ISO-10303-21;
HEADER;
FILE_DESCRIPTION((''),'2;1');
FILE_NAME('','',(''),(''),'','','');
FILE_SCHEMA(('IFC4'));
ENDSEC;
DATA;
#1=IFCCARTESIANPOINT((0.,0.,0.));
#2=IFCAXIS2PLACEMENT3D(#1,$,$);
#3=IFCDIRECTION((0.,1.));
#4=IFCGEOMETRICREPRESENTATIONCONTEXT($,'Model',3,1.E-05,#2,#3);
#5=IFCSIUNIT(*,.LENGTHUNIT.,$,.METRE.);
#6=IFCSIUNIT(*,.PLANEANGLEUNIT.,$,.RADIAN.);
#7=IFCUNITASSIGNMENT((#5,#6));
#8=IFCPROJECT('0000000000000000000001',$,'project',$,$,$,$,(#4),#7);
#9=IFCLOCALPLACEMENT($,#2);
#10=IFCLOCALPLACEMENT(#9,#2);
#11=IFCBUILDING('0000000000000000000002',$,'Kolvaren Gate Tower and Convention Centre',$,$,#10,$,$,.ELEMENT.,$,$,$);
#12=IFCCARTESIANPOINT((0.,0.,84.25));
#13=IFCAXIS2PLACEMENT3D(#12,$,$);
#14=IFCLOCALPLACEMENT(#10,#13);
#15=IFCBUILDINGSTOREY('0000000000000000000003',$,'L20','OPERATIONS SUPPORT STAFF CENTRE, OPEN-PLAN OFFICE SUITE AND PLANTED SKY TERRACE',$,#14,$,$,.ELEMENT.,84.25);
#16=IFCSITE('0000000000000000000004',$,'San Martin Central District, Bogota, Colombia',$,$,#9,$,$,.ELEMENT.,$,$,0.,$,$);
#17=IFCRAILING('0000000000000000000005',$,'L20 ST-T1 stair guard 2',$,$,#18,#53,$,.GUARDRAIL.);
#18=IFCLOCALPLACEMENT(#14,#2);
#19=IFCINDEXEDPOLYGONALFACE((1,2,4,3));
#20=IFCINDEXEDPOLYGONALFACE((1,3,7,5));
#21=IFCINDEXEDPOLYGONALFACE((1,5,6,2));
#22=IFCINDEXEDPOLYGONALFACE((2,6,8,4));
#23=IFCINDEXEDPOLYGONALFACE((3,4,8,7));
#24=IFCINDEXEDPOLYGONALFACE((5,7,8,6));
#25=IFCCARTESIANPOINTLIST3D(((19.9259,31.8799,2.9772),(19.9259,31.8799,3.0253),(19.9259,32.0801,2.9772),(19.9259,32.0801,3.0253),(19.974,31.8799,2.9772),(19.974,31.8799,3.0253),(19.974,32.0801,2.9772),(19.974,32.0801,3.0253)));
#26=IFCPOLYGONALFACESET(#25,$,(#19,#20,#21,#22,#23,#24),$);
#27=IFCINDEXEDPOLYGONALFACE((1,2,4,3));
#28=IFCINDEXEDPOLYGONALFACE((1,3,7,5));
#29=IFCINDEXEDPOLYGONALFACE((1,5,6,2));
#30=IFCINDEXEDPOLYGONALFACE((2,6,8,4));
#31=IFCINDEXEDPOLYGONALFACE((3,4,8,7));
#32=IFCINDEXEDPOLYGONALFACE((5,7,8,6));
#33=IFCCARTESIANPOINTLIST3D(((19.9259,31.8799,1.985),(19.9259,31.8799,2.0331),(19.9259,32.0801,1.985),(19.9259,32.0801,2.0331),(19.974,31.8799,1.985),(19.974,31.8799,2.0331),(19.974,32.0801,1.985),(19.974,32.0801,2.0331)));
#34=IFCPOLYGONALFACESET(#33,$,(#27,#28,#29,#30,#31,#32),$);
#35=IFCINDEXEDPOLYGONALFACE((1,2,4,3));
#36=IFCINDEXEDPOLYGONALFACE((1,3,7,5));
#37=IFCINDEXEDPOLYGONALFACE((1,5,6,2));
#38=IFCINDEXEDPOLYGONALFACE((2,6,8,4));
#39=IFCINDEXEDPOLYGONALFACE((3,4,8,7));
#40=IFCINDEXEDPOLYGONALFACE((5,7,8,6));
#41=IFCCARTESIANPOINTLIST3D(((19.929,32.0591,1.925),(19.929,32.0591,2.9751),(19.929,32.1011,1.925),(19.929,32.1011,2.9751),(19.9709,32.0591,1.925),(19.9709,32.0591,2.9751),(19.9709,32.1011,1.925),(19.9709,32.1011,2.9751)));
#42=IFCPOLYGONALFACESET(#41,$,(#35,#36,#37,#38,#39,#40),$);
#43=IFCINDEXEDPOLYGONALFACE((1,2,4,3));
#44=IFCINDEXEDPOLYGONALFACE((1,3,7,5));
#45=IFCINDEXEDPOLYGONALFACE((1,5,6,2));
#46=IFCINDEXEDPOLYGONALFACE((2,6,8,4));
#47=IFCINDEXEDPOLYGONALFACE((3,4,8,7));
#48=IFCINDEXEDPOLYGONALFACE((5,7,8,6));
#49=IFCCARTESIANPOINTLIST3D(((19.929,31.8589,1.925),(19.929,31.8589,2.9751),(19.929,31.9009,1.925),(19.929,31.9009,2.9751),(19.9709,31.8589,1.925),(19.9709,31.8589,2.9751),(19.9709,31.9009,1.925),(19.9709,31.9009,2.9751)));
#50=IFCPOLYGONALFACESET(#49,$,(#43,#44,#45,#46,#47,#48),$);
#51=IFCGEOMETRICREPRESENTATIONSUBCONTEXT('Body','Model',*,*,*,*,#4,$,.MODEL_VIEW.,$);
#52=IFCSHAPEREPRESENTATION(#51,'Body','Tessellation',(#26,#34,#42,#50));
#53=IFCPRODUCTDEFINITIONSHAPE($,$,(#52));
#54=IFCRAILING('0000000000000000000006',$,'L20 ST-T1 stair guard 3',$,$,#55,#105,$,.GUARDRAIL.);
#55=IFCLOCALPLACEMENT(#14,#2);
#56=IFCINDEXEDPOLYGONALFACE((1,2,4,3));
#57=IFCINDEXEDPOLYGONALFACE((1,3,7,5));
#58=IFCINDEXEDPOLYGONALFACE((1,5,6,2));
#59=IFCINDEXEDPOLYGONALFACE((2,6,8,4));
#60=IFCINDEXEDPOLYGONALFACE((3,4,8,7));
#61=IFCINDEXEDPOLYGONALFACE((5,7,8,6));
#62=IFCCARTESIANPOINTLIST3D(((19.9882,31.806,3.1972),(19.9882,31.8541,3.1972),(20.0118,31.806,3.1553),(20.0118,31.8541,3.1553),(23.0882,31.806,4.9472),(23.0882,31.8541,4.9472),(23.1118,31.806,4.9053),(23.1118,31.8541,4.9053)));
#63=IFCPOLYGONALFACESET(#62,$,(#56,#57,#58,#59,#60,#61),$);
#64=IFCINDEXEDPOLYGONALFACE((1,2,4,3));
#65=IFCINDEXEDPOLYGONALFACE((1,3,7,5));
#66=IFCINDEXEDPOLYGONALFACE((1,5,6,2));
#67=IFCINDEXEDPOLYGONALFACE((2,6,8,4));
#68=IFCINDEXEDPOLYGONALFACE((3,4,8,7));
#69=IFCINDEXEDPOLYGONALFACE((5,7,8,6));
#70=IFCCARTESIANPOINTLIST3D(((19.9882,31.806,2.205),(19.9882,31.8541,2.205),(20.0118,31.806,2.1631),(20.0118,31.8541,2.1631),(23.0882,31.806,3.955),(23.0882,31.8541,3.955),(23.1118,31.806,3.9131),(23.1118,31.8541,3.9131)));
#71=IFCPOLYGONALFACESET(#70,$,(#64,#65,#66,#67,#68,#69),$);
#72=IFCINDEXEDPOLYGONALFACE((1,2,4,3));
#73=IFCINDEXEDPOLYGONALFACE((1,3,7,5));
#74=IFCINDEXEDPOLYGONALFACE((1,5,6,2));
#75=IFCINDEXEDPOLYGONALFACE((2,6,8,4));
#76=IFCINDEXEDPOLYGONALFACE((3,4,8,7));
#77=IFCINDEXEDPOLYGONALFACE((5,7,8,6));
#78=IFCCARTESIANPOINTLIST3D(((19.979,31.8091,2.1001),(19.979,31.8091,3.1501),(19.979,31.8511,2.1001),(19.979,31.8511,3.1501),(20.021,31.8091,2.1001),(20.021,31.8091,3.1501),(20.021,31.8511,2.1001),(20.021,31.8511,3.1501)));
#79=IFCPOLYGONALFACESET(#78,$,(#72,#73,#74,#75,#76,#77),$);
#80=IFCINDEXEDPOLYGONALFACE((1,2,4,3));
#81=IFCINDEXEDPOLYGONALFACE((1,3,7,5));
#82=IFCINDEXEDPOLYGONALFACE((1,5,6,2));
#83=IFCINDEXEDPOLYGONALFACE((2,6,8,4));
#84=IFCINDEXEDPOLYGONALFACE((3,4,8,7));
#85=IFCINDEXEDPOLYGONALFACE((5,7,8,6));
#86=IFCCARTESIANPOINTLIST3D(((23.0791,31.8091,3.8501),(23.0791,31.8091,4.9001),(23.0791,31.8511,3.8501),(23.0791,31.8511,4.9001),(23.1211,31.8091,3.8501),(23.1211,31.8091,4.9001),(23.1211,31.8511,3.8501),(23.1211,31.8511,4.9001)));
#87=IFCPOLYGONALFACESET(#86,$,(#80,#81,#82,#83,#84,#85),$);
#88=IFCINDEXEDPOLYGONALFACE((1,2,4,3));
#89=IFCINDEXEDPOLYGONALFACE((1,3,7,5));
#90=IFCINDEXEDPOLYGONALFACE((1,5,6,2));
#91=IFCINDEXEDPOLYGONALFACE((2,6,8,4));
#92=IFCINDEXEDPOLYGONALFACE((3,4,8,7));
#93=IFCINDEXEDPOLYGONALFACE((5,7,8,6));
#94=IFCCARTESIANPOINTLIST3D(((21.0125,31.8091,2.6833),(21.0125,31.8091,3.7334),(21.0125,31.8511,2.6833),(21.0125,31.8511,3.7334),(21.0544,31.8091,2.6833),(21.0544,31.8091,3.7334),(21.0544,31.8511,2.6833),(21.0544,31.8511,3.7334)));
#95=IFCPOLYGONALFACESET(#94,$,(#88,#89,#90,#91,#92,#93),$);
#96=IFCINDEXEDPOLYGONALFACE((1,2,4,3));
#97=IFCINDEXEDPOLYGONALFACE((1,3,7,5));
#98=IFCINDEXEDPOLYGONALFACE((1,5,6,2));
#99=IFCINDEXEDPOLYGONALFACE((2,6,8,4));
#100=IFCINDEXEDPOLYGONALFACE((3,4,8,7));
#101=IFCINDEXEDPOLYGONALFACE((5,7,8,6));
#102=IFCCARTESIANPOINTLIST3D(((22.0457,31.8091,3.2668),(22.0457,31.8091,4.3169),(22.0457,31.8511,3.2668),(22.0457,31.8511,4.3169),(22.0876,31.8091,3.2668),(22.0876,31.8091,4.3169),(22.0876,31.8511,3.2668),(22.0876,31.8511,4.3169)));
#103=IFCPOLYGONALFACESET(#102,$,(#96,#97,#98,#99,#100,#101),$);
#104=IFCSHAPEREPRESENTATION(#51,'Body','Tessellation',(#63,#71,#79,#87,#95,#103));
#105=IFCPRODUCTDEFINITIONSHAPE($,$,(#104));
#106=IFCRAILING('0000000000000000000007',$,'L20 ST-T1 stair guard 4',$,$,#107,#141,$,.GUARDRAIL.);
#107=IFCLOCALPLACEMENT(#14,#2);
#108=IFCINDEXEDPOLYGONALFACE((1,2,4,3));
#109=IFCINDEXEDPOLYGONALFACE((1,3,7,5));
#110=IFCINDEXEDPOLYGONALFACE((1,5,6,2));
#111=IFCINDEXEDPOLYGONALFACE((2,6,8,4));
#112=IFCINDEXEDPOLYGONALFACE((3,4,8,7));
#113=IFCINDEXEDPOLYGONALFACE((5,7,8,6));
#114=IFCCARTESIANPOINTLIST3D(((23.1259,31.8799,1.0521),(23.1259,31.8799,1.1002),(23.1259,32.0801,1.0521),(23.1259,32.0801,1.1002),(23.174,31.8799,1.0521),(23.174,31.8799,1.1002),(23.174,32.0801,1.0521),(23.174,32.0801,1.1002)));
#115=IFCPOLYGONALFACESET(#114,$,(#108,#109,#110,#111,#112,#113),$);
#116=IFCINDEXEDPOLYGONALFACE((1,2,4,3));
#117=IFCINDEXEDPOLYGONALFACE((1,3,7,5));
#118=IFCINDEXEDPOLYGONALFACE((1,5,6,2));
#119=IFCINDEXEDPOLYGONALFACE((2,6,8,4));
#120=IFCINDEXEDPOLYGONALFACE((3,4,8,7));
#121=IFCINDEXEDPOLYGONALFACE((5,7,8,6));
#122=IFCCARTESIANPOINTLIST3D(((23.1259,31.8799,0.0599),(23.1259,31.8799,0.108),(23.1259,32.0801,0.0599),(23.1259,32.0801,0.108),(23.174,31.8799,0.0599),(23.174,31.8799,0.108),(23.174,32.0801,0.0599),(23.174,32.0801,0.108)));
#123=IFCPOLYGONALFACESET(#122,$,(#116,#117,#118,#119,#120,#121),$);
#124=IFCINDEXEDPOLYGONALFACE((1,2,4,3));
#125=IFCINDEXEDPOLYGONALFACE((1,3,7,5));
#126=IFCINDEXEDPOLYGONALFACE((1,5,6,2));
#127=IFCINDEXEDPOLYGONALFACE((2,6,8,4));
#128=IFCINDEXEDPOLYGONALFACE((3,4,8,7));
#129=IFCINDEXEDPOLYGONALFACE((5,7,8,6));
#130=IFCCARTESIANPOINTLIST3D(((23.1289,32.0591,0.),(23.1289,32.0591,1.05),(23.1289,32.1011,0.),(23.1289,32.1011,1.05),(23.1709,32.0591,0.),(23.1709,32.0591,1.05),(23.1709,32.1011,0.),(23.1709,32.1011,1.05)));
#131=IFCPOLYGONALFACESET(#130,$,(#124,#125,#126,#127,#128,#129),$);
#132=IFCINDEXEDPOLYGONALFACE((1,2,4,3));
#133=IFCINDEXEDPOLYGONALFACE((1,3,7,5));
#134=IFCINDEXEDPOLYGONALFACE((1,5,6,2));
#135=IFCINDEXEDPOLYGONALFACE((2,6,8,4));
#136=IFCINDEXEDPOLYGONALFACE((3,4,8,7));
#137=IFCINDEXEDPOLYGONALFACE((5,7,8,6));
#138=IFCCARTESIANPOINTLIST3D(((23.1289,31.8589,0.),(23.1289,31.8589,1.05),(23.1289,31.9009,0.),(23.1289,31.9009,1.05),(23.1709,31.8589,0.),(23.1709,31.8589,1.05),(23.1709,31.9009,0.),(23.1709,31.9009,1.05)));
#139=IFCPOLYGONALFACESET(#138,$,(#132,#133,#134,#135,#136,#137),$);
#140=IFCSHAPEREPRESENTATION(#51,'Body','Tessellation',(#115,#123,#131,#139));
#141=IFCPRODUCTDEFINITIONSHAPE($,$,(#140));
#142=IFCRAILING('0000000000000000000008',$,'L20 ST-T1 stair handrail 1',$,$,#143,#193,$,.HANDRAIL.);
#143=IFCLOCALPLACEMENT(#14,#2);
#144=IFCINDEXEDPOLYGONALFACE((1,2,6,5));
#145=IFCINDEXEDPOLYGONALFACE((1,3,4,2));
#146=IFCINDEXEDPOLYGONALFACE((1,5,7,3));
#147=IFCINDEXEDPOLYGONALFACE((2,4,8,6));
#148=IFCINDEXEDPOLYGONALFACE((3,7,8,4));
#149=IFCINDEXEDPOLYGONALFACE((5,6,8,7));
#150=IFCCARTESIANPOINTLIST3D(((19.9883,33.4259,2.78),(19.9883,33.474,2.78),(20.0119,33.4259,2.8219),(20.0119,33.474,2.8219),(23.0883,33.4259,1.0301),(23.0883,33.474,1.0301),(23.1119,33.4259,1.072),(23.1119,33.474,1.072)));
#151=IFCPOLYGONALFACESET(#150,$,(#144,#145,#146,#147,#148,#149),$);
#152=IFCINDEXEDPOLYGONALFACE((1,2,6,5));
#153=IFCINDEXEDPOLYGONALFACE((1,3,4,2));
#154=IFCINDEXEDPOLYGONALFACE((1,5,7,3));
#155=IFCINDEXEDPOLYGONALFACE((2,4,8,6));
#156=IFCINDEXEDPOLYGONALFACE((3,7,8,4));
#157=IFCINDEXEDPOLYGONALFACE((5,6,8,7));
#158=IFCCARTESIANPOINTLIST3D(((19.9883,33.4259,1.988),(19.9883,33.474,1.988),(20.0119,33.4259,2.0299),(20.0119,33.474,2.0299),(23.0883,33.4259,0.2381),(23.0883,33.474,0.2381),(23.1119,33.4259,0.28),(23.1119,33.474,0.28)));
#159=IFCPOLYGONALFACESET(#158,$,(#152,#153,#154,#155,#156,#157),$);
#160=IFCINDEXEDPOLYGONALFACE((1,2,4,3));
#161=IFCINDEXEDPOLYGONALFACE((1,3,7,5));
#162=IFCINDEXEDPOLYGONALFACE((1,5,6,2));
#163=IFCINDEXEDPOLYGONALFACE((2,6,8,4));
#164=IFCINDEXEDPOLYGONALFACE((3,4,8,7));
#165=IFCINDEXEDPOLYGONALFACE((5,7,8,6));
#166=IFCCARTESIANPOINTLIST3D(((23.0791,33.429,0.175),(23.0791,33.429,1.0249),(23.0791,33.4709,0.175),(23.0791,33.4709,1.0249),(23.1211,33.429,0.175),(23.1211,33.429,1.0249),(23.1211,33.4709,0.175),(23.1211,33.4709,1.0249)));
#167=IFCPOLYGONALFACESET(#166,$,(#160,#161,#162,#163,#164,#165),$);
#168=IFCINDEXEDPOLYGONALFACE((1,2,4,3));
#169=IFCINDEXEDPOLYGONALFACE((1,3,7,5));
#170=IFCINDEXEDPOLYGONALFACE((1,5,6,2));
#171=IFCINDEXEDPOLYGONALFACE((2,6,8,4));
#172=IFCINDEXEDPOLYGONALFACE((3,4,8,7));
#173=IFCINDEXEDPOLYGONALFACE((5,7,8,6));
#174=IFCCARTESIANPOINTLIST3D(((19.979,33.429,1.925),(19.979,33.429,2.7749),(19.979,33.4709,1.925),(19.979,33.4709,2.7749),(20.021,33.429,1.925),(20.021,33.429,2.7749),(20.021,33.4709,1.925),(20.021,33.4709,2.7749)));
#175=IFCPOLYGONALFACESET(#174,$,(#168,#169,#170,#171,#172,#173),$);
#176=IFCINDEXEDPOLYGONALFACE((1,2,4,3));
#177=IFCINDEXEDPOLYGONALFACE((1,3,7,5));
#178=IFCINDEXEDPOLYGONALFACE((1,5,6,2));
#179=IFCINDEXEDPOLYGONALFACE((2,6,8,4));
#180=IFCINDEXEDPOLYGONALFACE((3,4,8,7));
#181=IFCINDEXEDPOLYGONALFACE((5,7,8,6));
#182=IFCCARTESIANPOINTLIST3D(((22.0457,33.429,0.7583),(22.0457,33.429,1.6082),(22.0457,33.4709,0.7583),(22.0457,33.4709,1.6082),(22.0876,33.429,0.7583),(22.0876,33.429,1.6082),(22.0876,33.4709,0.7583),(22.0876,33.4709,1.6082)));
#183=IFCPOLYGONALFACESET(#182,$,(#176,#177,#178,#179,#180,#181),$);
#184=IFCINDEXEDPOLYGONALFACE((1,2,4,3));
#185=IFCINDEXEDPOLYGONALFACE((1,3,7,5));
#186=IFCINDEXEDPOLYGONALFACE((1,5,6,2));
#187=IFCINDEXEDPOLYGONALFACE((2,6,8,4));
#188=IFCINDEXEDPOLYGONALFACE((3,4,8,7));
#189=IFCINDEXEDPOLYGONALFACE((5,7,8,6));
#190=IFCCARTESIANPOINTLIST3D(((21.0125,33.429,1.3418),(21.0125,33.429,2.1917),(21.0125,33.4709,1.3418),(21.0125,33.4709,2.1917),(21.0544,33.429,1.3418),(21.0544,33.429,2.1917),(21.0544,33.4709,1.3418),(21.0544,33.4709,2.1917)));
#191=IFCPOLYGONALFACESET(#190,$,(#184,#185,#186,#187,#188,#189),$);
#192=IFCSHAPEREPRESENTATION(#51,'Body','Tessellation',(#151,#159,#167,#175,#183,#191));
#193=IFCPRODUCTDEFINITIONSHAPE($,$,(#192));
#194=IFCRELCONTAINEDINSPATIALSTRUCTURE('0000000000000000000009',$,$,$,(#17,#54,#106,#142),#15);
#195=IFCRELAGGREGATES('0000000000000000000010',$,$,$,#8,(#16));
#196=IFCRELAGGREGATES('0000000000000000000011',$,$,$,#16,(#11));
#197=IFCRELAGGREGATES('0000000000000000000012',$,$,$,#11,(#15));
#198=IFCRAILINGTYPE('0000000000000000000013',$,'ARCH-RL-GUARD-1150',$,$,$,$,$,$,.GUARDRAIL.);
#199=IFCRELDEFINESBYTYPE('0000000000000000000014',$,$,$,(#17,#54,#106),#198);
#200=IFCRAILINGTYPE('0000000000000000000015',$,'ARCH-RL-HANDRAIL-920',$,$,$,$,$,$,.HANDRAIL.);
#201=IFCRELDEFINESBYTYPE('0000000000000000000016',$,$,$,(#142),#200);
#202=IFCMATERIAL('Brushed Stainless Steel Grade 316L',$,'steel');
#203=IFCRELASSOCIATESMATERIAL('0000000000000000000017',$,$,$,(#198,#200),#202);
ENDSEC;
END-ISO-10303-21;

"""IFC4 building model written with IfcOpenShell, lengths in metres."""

from ifc_helpers import new_model, si_unit, direction, frame, origin, origin_2d, place, context, subcontext, project, spatial, rectangle, extrude, material, type_object, element, save


model = new_model("IFC4")

# Units and contexts
model_context = context("Model", 3, precision=1e-05, world=origin(), true_north=direction((0.0, 1.0)))
body_context = subcontext(model_context, "Body", "Model", "MODEL_VIEW")
ifc_project = project(units=[si_unit("LENGTHUNIT", "METRE"), si_unit("PLANEANGLEUNIT", "RADIAN")], contexts=[model_context])

# Site, building, storey
site_placement = place(None, origin())
site = spatial("IfcSite", under=ifc_project, at=site_placement, Name="San Martin Central District, Bogota, Colombia", CompositionType="ELEMENT", RefElevation=0.0)
building_placement = place(site_placement, origin())
building = spatial("IfcBuilding", under=site, at=building_placement, Name="Kolvaren Gate Tower and Convention Centre", CompositionType="ELEMENT")
storey_placement = place(building_placement, frame((0.0, 0.0, 84.25)))
storey = spatial("IfcBuildingStorey", under=building, at=storey_placement, Name="L20", Description="OPERATIONS SUPPORT STAFF CENTRE, OPEN-PLAN OFFICE SUITE AND PLANTED SKY TERRACE", CompositionType="ELEMENT", Elevation=84.25)

# Shared definitions
ifc_material_1 = material(Name="Brushed Stainless Steel Grade 316L", Category="steel")

# Railings
railing_type_1 = type_object("IfcRailingType", Name="ARCH-RL-GUARD-1150", PredefinedType="GUARDRAIL", material=ifc_material_1)
railing_1_placement = place(storey_placement, frame((19.95, 32.0801, 1.925)))
element("IfcRailing", 1, at=railing_1_placement, inside=storey, type_object=railing_type_1, Name="L20 ST-T1 stair guard 2", PredefinedType="GUARDRAIL", context=body_context, shape_type="SweptSolid", body=[
    extrude(rectangle(XDim=0.0481, YDim=0.0481, at=origin_2d()), frame((0.0, 0.0, 1.0762), z_axis=(0.0, -1.0, 0.0), x_axis=(1.0, 0.0, 0.0)), (0.0, 0.0, 1.0), 0.2002),
    extrude(rectangle(XDim=0.0481, YDim=0.0481, at=origin_2d()), frame((0.0, 0.0, 0.084), z_axis=(0.0, -1.0, 0.0), x_axis=(1.0, 0.0, 0.0)), (0.0, 0.0, 1.0), 0.2002),
    extrude(rectangle(XDim=0.042, YDim=0.042, at=origin_2d()), origin(), (0.0, 0.0, 1.0), 1.05),
    extrude(rectangle(XDim=0.042, YDim=0.042, at=origin_2d()), frame((0.0, -0.2002, 0.0)), (0.0, 0.0, 1.0), 1.05),
])
railing_2_placement = place(storey_placement, frame((20.0, 31.8301, 2.1001)))
element("IfcRailing", 2, at=railing_2_placement, inside=storey, type_object=railing_type_1, Name="L20 ST-T1 stair guard 3", PredefinedType="GUARDRAIL", context=body_context, shape_type="SweptSolid", body=[
    extrude(rectangle(XDim=0.0481, YDim=0.0481, at=origin_2d()), frame((0.0, 0.0, 1.0762), z_axis=(0.870831, 0.0, 0.491583), x_axis=(0.0, 1.0, 0.0)), (0.0, 0.0, 1.0), 3.5598),
    extrude(rectangle(XDim=0.0481, YDim=0.0481, at=origin_2d()), frame((0.0, 0.0, 0.084), z_axis=(0.870831, 0.0, 0.491583), x_axis=(0.0, 1.0, 0.0)), (0.0, 0.0, 1.0), 3.5598),
    extrude(rectangle(XDim=0.042, YDim=0.042, at=origin_2d()), origin(), (0.0, 0.0, 1.0), 1.05),
    extrude(rectangle(XDim=0.042, YDim=0.042, at=origin_2d()), frame((3.1001, 0.0, 1.75)), (0.0, 0.0, 1.0), 1.05),
    extrude(rectangle(XDim=0.042, YDim=0.042, at=origin_2d()), frame((1.0334, 0.0, 0.5833)), (0.0, 0.0, 1.0), 1.05),
    extrude(rectangle(XDim=0.042, YDim=0.042, at=origin_2d()), frame((2.0667, 0.0, 1.1667)), (0.0, 0.0, 1.0), 1.05),
])
railing_3_placement = place(storey_placement, frame((23.1499, 32.0801, 0.0)))
element("IfcRailing", 3, at=railing_3_placement, inside=storey, type_object=railing_type_1, Name="L20 ST-T1 stair guard 4", PredefinedType="GUARDRAIL", context=body_context, shape_type="SweptSolid", body=[
    extrude(rectangle(XDim=0.0481, YDim=0.0481, at=origin_2d()), frame((0.0, 0.0, 1.0762), z_axis=(0.0, -1.0, 0.0), x_axis=(1.0, 0.0, 0.0)), (0.0, 0.0, 1.0), 0.2002),
    extrude(rectangle(XDim=0.0481, YDim=0.0481, at=origin_2d()), frame((0.0, 0.0, 0.084), z_axis=(0.0, -1.0, 0.0), x_axis=(1.0, 0.0, 0.0)), (0.0, 0.0, 1.0), 0.2002),
    extrude(rectangle(XDim=0.042, YDim=0.042, at=origin_2d()), origin(), (0.0, 0.0, 1.0), 1.05),
    extrude(rectangle(XDim=0.042, YDim=0.042, at=origin_2d()), frame((0.0, -0.2002, 0.0)), (0.0, 0.0, 1.0), 1.05),
])
railing_type_2 = type_object("IfcRailingType", Name="ARCH-RL-HANDRAIL-920", PredefinedType="HANDRAIL", material=ifc_material_1)
railing_4_placement = place(storey_placement, frame((23.1001, 33.45, 0.175)))
element("IfcRailing", 4, at=railing_4_placement, inside=storey, type_object=railing_type_2, Name="L20 ST-T1 stair handrail 1", PredefinedType="HANDRAIL", context=body_context, shape_type="SweptSolid", body=[
    extrude(rectangle(XDim=0.0481, YDim=0.0481, at=origin_2d()), frame((0.0, 0.0, 0.876), z_axis=(-0.870831, 0.0, 0.491583), x_axis=(0.0, -1.0, 0.0)), (0.0, 0.0, 1.0), 3.5598),
    extrude(rectangle(XDim=0.0481, YDim=0.0481, at=origin_2d()), frame((0.0, 0.0, 0.084), z_axis=(-0.870831, 0.0, 0.491583), x_axis=(0.0, -1.0, 0.0)), (0.0, 0.0, 1.0), 3.5598),
    extrude(rectangle(XDim=0.042, YDim=0.042, at=origin_2d()), origin(), (0.0, 0.0, 1.0), 0.8499),
    extrude(rectangle(XDim=0.042, YDim=0.042, at=origin_2d()), frame((-3.1001, 0.0, 1.75)), (0.0, 0.0, 1.0), 0.8499),
    extrude(rectangle(XDim=0.042, YDim=0.042, at=origin_2d()), frame((-1.0334, 0.0, 0.5833)), (0.0, 0.0, 1.0), 0.8499),
    extrude(rectangle(XDim=0.042, YDim=0.042, at=origin_2d()), frame((-2.0667, 0.0, 1.1667)), (0.0, 0.0, 1.0), 0.8499),
])

save(model, "model.ifc")
